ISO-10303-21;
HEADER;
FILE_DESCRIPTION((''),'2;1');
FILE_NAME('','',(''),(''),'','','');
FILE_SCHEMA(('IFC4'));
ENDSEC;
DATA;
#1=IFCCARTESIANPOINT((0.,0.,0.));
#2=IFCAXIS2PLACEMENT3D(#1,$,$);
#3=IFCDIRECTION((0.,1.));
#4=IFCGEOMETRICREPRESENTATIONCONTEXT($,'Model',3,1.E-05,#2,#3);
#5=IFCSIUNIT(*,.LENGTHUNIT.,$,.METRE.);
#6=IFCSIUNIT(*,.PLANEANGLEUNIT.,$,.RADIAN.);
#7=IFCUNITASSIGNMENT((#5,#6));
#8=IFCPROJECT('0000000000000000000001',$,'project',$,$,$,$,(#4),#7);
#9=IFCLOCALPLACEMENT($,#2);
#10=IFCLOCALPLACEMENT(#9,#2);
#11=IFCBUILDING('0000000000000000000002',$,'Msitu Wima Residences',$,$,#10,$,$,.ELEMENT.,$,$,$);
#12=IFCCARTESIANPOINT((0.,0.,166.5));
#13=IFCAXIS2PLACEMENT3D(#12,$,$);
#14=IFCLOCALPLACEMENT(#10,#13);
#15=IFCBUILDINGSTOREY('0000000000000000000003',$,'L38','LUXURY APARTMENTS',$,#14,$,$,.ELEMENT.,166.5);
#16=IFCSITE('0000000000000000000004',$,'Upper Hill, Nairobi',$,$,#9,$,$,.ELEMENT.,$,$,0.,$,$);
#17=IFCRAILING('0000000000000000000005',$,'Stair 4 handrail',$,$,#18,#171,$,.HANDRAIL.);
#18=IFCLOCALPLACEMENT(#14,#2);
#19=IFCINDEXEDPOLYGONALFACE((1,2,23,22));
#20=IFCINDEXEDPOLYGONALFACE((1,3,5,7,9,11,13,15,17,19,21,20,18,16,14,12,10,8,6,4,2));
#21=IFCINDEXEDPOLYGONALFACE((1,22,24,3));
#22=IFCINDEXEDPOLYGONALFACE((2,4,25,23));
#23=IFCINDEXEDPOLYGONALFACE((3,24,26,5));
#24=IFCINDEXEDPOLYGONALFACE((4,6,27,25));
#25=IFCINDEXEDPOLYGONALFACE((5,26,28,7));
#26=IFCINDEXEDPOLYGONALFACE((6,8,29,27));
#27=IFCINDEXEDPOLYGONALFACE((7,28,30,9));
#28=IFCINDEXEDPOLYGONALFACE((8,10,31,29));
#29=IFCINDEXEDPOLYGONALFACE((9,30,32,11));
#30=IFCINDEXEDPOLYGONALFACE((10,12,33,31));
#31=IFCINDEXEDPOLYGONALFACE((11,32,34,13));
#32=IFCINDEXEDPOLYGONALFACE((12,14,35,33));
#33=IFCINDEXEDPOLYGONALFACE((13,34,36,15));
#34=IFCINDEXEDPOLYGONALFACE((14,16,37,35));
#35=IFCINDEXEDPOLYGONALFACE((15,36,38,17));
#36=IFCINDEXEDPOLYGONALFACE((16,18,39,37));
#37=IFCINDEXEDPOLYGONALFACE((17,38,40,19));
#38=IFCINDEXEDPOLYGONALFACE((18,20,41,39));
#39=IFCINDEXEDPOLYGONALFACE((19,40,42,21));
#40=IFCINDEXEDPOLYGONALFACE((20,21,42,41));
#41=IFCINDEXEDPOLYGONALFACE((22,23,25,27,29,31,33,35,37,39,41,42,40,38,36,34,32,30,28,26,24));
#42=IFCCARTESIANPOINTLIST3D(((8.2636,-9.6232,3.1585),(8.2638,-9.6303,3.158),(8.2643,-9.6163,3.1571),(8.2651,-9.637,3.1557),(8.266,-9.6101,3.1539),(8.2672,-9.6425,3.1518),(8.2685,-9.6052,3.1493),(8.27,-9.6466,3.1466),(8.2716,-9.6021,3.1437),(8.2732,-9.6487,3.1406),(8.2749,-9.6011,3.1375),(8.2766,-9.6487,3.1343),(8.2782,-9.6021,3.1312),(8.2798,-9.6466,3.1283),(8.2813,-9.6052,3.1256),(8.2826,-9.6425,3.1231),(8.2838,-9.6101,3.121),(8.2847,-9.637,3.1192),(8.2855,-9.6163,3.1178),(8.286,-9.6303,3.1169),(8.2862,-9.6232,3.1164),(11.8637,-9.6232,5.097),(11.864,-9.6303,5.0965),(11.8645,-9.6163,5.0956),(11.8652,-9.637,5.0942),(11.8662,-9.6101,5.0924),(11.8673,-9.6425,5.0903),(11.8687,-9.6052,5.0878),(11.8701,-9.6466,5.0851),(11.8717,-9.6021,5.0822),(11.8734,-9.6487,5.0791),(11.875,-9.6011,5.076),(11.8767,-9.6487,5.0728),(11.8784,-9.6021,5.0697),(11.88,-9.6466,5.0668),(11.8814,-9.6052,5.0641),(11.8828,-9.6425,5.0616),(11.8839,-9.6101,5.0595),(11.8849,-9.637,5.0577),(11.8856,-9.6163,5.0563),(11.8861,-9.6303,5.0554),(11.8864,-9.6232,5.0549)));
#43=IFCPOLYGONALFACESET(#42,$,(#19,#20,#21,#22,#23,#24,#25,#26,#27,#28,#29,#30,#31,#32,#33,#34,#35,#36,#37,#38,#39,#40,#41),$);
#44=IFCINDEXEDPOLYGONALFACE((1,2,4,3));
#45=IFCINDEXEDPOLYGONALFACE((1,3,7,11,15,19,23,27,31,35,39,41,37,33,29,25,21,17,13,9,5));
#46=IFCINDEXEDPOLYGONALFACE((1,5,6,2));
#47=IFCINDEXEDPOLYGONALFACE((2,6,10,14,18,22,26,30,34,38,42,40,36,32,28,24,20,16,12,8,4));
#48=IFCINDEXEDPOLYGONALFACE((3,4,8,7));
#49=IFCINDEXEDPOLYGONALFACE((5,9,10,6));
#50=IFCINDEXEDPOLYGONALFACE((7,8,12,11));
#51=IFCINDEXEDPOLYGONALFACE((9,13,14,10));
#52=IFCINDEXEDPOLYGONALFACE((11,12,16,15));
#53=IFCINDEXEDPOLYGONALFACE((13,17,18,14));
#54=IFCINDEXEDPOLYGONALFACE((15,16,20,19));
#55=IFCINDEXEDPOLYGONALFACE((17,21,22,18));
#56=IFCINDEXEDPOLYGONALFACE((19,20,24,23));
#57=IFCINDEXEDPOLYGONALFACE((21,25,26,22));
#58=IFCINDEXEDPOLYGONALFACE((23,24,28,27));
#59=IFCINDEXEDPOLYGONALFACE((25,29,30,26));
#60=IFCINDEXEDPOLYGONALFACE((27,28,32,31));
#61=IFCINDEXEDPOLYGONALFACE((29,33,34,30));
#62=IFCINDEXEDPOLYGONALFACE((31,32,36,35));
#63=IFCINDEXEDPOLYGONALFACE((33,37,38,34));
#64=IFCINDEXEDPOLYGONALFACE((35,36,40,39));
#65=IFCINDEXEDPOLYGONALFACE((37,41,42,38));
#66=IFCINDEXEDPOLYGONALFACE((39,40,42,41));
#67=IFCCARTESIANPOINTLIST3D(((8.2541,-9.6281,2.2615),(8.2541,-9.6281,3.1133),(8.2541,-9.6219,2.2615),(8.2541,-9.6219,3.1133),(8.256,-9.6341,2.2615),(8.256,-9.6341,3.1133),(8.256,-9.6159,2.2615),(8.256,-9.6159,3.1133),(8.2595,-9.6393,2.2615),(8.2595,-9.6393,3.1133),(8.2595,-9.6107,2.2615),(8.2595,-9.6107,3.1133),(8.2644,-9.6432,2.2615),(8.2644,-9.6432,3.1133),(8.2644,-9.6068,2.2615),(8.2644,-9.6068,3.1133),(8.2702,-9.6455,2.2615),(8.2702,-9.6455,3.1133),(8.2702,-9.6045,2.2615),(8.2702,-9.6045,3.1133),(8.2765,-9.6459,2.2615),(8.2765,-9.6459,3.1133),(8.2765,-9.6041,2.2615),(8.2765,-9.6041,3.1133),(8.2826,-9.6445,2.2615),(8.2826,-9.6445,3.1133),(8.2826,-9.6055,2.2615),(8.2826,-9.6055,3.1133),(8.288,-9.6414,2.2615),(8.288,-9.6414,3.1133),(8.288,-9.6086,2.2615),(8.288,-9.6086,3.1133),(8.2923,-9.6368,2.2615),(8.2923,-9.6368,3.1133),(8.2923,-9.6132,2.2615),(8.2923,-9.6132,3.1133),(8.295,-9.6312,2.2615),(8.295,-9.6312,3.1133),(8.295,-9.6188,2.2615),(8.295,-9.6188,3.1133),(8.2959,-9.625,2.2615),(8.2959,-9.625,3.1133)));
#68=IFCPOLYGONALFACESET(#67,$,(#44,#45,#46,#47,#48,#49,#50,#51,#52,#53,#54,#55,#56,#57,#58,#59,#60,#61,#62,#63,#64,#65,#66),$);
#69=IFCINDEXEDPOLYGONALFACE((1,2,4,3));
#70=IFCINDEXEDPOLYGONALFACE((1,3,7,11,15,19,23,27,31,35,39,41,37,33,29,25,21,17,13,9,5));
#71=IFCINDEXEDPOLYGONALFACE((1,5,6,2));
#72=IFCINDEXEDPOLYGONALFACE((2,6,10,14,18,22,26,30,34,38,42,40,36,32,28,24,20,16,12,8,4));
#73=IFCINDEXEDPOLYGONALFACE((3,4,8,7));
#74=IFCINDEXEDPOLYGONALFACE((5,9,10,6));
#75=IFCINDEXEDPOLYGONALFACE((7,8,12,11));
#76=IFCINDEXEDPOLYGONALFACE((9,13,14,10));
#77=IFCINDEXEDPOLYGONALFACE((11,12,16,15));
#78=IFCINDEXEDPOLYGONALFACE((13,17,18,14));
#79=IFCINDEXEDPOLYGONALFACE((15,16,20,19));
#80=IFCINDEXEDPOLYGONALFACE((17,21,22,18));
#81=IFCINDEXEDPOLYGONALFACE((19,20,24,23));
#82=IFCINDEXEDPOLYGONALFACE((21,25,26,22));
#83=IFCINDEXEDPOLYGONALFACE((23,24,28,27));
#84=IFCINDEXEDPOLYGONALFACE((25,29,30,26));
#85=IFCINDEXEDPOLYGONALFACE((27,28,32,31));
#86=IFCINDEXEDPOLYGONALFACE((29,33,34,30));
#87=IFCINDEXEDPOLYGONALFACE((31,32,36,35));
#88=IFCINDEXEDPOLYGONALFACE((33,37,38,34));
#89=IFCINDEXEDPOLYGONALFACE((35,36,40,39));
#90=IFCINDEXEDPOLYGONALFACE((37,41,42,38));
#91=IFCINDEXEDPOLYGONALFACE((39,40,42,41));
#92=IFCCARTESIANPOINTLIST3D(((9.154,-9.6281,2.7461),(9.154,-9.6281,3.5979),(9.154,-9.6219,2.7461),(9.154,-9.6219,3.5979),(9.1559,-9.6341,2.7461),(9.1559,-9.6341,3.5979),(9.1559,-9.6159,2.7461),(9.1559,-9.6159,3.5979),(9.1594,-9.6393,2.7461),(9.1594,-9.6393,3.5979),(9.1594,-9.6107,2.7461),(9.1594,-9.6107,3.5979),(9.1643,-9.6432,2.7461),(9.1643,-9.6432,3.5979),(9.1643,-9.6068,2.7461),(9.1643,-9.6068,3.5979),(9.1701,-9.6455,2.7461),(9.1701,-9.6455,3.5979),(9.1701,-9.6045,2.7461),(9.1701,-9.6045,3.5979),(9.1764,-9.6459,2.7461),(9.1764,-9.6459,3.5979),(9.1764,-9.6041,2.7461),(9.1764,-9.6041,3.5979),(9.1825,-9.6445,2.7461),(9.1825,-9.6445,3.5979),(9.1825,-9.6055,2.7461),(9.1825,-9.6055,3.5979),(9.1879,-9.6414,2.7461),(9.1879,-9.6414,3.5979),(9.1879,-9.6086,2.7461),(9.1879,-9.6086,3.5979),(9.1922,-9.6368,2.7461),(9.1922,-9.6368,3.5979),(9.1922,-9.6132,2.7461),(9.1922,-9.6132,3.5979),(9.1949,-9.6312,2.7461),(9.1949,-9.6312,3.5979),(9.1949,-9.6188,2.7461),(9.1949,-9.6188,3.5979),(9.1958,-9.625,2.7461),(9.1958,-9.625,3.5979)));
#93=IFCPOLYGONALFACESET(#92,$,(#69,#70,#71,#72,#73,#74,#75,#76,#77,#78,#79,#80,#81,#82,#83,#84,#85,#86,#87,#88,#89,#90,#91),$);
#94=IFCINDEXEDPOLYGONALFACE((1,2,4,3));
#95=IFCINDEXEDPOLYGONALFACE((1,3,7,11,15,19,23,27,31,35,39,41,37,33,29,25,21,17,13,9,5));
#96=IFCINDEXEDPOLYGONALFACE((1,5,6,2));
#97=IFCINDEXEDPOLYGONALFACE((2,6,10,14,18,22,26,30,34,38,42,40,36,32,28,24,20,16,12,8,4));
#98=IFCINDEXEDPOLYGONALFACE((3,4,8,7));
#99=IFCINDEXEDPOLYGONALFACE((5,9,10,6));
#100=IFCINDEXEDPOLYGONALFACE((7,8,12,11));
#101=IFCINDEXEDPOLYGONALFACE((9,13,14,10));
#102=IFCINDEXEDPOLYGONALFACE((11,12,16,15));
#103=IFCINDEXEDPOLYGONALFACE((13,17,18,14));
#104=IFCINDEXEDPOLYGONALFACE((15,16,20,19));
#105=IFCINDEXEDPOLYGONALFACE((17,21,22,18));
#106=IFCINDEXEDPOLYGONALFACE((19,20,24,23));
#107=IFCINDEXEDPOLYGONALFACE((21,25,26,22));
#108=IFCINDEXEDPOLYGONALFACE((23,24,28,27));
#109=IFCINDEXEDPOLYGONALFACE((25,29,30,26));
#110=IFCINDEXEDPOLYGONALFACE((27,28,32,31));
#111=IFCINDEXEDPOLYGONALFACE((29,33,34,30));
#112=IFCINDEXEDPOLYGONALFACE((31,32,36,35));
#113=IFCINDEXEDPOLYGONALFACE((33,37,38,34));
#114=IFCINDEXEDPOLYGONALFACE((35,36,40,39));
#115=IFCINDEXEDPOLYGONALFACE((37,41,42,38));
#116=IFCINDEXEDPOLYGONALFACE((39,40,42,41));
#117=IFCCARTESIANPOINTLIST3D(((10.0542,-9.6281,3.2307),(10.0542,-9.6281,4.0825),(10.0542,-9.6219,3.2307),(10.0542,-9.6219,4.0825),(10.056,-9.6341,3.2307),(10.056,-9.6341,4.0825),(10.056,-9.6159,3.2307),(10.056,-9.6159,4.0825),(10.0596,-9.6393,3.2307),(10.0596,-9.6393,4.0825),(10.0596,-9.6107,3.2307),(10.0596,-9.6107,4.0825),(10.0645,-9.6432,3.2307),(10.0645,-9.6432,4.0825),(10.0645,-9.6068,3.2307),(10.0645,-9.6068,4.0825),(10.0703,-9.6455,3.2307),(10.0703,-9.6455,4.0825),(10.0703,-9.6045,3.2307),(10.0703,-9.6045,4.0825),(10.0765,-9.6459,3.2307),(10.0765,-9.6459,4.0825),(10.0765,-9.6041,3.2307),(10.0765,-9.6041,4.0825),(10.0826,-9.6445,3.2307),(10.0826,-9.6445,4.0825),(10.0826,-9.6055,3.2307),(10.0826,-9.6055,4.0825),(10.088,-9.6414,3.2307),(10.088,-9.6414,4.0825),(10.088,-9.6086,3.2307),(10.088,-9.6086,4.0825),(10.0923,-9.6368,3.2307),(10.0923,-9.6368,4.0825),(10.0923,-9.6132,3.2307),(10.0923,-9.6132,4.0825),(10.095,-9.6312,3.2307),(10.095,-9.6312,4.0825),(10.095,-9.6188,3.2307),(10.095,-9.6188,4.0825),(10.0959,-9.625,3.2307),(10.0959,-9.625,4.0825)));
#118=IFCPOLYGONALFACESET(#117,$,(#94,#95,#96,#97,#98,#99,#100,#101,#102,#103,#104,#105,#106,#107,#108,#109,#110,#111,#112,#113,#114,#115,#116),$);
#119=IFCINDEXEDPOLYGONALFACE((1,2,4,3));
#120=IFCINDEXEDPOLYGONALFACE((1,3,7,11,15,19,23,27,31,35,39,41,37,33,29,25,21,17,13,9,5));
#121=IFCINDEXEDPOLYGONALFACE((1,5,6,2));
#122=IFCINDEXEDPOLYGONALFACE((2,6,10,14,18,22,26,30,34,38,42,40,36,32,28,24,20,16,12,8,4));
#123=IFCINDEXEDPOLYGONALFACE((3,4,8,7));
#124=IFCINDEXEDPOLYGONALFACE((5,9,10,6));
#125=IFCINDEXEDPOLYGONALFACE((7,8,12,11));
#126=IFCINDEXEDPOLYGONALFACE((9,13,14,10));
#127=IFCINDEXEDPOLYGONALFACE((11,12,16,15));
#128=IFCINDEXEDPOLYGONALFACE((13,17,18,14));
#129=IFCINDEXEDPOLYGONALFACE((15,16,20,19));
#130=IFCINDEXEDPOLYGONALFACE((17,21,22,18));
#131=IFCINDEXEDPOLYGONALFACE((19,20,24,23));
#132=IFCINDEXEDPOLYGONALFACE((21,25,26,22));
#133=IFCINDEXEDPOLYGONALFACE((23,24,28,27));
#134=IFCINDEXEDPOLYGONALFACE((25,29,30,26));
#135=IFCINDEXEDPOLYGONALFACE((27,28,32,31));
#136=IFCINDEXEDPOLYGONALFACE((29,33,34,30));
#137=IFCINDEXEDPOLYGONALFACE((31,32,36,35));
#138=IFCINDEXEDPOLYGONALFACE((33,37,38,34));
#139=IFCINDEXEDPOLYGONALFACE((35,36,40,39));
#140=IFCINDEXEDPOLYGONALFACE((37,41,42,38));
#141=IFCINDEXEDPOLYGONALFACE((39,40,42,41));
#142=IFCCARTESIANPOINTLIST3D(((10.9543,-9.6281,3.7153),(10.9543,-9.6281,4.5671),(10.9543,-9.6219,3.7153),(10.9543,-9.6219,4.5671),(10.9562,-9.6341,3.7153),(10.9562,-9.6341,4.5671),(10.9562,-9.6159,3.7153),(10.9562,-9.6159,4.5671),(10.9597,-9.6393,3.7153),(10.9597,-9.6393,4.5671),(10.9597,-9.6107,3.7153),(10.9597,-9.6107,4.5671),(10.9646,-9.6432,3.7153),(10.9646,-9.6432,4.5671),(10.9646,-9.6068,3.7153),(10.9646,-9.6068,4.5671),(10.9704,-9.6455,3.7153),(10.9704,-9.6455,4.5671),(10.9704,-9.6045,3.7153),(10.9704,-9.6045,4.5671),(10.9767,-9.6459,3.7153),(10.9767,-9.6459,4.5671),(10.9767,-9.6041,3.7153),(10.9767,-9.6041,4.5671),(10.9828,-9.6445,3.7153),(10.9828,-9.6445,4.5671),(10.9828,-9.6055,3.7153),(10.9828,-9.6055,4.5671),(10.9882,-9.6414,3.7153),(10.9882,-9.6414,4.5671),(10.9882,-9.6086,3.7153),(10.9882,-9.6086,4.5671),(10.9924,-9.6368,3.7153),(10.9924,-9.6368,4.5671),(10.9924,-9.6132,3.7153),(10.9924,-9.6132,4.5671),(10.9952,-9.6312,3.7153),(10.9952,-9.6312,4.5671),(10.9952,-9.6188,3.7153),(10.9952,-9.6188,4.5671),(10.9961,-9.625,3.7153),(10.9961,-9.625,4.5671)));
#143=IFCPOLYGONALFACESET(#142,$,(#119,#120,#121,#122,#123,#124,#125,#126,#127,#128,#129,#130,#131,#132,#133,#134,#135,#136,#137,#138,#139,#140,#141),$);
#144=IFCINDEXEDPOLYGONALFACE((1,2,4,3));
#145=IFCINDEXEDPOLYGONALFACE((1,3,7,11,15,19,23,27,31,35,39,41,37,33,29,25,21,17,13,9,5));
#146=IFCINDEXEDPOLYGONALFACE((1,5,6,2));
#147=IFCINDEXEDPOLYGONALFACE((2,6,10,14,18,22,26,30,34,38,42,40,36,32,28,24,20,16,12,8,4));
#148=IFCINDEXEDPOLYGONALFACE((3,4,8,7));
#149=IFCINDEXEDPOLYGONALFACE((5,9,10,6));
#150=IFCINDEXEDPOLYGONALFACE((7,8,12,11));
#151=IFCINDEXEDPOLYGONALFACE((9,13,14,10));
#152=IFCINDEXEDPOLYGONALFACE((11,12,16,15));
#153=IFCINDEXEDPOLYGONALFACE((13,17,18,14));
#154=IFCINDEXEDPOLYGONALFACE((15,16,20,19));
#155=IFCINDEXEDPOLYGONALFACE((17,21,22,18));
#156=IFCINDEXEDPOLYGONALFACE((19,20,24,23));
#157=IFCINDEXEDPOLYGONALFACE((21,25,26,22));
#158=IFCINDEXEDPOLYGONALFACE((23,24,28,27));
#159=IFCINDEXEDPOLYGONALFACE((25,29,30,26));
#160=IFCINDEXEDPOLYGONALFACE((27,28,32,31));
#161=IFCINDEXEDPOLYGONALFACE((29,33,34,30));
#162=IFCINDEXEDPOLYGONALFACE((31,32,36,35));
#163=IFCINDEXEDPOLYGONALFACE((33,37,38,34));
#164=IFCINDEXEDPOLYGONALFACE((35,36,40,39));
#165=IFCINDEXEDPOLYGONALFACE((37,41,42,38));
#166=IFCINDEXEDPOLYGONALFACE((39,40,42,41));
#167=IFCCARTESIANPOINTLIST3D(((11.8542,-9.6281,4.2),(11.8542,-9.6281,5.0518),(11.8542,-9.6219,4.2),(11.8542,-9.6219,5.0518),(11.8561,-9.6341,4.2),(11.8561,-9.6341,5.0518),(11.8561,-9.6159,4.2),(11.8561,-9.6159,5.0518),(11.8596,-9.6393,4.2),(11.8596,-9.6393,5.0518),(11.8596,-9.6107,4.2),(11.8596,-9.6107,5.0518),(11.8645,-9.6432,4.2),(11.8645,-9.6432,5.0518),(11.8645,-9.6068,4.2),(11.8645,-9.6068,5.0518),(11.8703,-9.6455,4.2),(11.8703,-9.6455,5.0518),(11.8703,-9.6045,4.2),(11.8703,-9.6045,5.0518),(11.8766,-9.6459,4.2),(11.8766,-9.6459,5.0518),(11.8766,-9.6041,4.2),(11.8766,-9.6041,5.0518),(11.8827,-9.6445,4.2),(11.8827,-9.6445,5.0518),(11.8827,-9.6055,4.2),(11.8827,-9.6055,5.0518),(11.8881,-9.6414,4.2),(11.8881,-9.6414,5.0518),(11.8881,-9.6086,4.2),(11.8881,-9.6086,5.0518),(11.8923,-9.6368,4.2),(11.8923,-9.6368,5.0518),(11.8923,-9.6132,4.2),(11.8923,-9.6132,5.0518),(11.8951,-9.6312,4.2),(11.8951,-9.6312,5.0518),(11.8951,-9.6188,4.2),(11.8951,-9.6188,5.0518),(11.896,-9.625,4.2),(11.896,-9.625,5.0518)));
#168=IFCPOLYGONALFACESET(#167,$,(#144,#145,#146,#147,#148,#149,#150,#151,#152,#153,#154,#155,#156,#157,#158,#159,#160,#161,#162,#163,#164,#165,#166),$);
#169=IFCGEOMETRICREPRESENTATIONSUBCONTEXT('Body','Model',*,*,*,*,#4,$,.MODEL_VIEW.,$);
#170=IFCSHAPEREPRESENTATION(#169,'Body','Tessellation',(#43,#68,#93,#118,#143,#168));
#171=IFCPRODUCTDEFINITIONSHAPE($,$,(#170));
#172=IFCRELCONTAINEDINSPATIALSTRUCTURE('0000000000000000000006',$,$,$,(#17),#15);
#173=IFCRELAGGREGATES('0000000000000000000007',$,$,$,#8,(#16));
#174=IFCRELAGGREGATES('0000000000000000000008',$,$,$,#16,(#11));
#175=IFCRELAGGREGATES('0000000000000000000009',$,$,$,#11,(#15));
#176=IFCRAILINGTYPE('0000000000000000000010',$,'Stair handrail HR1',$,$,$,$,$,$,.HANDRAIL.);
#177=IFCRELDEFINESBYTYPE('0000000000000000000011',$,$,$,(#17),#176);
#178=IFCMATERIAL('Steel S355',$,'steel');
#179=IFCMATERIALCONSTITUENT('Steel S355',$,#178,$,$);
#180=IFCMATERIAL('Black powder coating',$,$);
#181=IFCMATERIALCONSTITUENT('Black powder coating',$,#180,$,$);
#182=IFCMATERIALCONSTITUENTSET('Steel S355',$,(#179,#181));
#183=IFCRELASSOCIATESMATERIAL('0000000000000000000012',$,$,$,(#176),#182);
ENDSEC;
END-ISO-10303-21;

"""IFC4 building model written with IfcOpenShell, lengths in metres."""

from ifc_helpers import new_model, si_unit, direction, frame, origin, origin_2d, place, context, subcontext, project, spatial, circle, extrude, material, constituent, constituent_set, type_object, element, save


model = new_model("IFC4")

# Units and contexts
model_context = context("Model", 3, precision=1e-05, world=origin(), true_north=direction((0.0, 1.0)))
body_context = subcontext(model_context, "Body", "Model", "MODEL_VIEW")
ifc_project = project(units=[si_unit("LENGTHUNIT", "METRE"), si_unit("PLANEANGLEUNIT", "RADIAN")], contexts=[model_context])

# Site, building, storey
site_placement = place(None, origin())
site = spatial("IfcSite", under=ifc_project, at=site_placement, Name="Upper Hill, Nairobi", CompositionType="ELEMENT", RefElevation=0.0)
building_placement = place(site_placement, origin())
building = spatial("IfcBuilding", under=site, at=building_placement, Name="Msitu Wima Residences", CompositionType="ELEMENT")
storey_placement = place(building_placement, frame((0.0, 0.0, 166.5)))
storey = spatial("IfcBuildingStorey", under=building, at=storey_placement, Name="L38", Description="LUXURY APARTMENTS", CompositionType="ELEMENT", Elevation=166.5)

# Railing
ifc_material_1 = material(Name="Steel S355", Category="steel")
ifc_constituent_1 = constituent(ifc_material_1, Name="Steel S355")
ifc_material_2 = material(Name="Black powder coating")
ifc_constituent_2 = constituent(ifc_material_2, Name="Black powder coating")
ifc_constituent_set = constituent_set(constituents=[ifc_constituent_1, ifc_constituent_2], Name="Steel S355")
railing_type = type_object("IfcRailingType", Name="Stair handrail HR1", PredefinedType="HANDRAIL", material=ifc_constituent_set)
for number, where, name in (
    (1, (8.2749, -9.625, 2.2615), "Stair 4 handrail"),
):
    element("IfcRailing", number, at=place(storey_placement, frame(where)), inside=storey, type_object=railing_type, Name=name, PredefinedType="HANDRAIL", context=body_context, shape_type="SweptSolid", body=[
        extrude(circle(Radius=0.0239, at=origin_2d()), frame((0.0, 0.0, 0.876), z_axis=(0.880475, 0.0, 0.474093), x_axis=(0.0, 1.0, 0.0)), (0.0, 0.0, 1.0), 4.0889),
        extrude(circle(Radius=0.021, at=origin_2d()), origin(), (0.0, 0.0, 1.0), 0.8518),
        extrude(circle(Radius=0.021, at=origin_2d()), frame((0.8999, 0.0, 0.4846)), (0.0, 0.0, 1.0), 0.8518),
        extrude(circle(Radius=0.021, at=origin_2d()), frame((1.8, 0.0, 0.9692)), (0.0, 0.0, 1.0), 0.8518),
        extrude(circle(Radius=0.021, at=origin_2d()), frame((2.7002, 0.0, 1.4539)), (0.0, 0.0, 1.0), 0.8518),
        extrude(circle(Radius=0.021, at=origin_2d()), frame((3.6001, 0.0, 1.9385)), (0.0, 0.0, 1.0), 0.8518),
    ])

save(model, "model.ifc")
